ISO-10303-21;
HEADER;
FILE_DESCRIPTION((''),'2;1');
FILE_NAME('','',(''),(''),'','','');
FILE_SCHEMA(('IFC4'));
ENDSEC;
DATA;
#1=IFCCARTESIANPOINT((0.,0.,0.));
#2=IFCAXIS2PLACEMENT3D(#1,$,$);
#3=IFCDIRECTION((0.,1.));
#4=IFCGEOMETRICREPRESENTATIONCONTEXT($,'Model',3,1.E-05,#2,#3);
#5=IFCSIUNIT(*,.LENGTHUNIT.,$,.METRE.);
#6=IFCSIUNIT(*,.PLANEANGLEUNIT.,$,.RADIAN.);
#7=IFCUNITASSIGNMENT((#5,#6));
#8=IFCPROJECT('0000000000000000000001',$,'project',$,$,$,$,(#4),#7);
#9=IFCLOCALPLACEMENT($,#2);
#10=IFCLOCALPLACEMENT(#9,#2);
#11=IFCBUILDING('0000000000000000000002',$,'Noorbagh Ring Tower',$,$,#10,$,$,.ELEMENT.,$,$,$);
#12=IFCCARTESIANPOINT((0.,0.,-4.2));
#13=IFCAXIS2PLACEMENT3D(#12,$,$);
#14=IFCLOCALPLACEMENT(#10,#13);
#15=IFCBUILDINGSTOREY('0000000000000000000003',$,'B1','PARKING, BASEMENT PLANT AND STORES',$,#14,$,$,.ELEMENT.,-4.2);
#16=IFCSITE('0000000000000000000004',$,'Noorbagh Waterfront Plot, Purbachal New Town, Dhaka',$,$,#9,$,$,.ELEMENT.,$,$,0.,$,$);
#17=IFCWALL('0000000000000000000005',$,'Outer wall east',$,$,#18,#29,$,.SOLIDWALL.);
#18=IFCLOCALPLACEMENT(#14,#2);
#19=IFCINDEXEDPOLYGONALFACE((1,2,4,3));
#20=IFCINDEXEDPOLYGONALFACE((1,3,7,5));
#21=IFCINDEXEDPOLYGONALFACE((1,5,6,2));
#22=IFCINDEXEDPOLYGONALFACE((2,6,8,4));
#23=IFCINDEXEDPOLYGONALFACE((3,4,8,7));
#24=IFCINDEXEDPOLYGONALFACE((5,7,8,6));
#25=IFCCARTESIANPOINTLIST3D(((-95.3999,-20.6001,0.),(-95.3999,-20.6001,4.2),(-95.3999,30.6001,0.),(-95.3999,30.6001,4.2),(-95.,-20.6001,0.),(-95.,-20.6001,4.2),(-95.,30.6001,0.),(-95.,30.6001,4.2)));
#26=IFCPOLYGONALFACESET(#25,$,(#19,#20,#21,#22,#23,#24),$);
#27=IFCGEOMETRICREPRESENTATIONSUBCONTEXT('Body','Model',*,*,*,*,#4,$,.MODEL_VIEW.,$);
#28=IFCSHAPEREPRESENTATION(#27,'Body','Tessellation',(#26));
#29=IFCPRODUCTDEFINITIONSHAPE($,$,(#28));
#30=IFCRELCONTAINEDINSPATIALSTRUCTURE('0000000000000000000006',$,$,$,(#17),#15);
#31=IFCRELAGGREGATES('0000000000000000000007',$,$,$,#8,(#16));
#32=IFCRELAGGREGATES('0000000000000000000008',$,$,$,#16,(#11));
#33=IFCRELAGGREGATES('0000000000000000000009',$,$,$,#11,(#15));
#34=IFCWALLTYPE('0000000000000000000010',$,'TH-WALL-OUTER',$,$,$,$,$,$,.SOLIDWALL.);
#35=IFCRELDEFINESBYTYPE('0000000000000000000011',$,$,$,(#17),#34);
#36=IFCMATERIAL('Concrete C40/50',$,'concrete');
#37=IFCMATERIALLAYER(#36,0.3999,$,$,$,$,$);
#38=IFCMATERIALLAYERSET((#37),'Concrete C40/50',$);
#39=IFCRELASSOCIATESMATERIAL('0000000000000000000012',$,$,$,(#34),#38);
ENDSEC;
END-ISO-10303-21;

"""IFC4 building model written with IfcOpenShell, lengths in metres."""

from ifc_helpers import new_model, si_unit, direction, frame, frame_2d, origin, place, context, subcontext, project, spatial, rectangle, extrude, material, layer, layer_set, type_object, element, save


model = new_model("IFC4")

# Units and contexts
model_context = context("Model", 3, precision=1e-05, world=origin(), true_north=direction((0.0, 1.0)))
body_context = subcontext(model_context, "Body", "Model", "MODEL_VIEW")
ifc_project = project(units=[si_unit("LENGTHUNIT", "METRE"), si_unit("PLANEANGLEUNIT", "RADIAN")], contexts=[model_context])

# Site, building, storey
site_placement = place(None, origin())
site = spatial("IfcSite", under=ifc_project, at=site_placement, Name="Noorbagh Waterfront Plot, Purbachal New Town, Dhaka", CompositionType="ELEMENT", RefElevation=0.0)
building_placement = place(site_placement, origin())
building = spatial("IfcBuilding", under=site, at=building_placement, Name="Noorbagh Ring Tower", CompositionType="ELEMENT")
storey_placement = place(building_placement, frame((0.0, 0.0, -4.2)))
storey = spatial("IfcBuildingStorey", under=building, at=storey_placement, Name="B1", Description="PARKING, BASEMENT PLANT AND STORES", CompositionType="ELEMENT", Elevation=-4.2)

# Wall
ifc_material_1 = material(Name="Concrete C40/50", Category="concrete")
ifc_layer_1 = layer(ifc_material_1, 0.3999)
ifc_layer_set_1 = layer_set([ifc_layer_1], Name="Concrete C40/50")
wall_type_1 = type_object("IfcWallType", Name="TH-WALL-OUTER", PredefinedType="SOLIDWALL", material=ifc_layer_set_1)
wall_1_placement = place(storey_placement, frame((-95.2, -20.6001, 0.0), z_axis=(0.0, 0.0, 1.0), x_axis=(0.0, 1.0, 0.0)))
element("IfcWall", 1, at=wall_1_placement, inside=storey, type_object=wall_type_1, Name="Outer wall east", PredefinedType="SOLIDWALL", context=body_context, shape_type="SweptSolid", body=[
    extrude(rectangle(XDim=51.2002, YDim=0.3999, at=frame_2d((25.6001, 0.0))), origin(), (0.0, 0.0, 1.0), 4.2),
])

save(model, "model.ifc")
